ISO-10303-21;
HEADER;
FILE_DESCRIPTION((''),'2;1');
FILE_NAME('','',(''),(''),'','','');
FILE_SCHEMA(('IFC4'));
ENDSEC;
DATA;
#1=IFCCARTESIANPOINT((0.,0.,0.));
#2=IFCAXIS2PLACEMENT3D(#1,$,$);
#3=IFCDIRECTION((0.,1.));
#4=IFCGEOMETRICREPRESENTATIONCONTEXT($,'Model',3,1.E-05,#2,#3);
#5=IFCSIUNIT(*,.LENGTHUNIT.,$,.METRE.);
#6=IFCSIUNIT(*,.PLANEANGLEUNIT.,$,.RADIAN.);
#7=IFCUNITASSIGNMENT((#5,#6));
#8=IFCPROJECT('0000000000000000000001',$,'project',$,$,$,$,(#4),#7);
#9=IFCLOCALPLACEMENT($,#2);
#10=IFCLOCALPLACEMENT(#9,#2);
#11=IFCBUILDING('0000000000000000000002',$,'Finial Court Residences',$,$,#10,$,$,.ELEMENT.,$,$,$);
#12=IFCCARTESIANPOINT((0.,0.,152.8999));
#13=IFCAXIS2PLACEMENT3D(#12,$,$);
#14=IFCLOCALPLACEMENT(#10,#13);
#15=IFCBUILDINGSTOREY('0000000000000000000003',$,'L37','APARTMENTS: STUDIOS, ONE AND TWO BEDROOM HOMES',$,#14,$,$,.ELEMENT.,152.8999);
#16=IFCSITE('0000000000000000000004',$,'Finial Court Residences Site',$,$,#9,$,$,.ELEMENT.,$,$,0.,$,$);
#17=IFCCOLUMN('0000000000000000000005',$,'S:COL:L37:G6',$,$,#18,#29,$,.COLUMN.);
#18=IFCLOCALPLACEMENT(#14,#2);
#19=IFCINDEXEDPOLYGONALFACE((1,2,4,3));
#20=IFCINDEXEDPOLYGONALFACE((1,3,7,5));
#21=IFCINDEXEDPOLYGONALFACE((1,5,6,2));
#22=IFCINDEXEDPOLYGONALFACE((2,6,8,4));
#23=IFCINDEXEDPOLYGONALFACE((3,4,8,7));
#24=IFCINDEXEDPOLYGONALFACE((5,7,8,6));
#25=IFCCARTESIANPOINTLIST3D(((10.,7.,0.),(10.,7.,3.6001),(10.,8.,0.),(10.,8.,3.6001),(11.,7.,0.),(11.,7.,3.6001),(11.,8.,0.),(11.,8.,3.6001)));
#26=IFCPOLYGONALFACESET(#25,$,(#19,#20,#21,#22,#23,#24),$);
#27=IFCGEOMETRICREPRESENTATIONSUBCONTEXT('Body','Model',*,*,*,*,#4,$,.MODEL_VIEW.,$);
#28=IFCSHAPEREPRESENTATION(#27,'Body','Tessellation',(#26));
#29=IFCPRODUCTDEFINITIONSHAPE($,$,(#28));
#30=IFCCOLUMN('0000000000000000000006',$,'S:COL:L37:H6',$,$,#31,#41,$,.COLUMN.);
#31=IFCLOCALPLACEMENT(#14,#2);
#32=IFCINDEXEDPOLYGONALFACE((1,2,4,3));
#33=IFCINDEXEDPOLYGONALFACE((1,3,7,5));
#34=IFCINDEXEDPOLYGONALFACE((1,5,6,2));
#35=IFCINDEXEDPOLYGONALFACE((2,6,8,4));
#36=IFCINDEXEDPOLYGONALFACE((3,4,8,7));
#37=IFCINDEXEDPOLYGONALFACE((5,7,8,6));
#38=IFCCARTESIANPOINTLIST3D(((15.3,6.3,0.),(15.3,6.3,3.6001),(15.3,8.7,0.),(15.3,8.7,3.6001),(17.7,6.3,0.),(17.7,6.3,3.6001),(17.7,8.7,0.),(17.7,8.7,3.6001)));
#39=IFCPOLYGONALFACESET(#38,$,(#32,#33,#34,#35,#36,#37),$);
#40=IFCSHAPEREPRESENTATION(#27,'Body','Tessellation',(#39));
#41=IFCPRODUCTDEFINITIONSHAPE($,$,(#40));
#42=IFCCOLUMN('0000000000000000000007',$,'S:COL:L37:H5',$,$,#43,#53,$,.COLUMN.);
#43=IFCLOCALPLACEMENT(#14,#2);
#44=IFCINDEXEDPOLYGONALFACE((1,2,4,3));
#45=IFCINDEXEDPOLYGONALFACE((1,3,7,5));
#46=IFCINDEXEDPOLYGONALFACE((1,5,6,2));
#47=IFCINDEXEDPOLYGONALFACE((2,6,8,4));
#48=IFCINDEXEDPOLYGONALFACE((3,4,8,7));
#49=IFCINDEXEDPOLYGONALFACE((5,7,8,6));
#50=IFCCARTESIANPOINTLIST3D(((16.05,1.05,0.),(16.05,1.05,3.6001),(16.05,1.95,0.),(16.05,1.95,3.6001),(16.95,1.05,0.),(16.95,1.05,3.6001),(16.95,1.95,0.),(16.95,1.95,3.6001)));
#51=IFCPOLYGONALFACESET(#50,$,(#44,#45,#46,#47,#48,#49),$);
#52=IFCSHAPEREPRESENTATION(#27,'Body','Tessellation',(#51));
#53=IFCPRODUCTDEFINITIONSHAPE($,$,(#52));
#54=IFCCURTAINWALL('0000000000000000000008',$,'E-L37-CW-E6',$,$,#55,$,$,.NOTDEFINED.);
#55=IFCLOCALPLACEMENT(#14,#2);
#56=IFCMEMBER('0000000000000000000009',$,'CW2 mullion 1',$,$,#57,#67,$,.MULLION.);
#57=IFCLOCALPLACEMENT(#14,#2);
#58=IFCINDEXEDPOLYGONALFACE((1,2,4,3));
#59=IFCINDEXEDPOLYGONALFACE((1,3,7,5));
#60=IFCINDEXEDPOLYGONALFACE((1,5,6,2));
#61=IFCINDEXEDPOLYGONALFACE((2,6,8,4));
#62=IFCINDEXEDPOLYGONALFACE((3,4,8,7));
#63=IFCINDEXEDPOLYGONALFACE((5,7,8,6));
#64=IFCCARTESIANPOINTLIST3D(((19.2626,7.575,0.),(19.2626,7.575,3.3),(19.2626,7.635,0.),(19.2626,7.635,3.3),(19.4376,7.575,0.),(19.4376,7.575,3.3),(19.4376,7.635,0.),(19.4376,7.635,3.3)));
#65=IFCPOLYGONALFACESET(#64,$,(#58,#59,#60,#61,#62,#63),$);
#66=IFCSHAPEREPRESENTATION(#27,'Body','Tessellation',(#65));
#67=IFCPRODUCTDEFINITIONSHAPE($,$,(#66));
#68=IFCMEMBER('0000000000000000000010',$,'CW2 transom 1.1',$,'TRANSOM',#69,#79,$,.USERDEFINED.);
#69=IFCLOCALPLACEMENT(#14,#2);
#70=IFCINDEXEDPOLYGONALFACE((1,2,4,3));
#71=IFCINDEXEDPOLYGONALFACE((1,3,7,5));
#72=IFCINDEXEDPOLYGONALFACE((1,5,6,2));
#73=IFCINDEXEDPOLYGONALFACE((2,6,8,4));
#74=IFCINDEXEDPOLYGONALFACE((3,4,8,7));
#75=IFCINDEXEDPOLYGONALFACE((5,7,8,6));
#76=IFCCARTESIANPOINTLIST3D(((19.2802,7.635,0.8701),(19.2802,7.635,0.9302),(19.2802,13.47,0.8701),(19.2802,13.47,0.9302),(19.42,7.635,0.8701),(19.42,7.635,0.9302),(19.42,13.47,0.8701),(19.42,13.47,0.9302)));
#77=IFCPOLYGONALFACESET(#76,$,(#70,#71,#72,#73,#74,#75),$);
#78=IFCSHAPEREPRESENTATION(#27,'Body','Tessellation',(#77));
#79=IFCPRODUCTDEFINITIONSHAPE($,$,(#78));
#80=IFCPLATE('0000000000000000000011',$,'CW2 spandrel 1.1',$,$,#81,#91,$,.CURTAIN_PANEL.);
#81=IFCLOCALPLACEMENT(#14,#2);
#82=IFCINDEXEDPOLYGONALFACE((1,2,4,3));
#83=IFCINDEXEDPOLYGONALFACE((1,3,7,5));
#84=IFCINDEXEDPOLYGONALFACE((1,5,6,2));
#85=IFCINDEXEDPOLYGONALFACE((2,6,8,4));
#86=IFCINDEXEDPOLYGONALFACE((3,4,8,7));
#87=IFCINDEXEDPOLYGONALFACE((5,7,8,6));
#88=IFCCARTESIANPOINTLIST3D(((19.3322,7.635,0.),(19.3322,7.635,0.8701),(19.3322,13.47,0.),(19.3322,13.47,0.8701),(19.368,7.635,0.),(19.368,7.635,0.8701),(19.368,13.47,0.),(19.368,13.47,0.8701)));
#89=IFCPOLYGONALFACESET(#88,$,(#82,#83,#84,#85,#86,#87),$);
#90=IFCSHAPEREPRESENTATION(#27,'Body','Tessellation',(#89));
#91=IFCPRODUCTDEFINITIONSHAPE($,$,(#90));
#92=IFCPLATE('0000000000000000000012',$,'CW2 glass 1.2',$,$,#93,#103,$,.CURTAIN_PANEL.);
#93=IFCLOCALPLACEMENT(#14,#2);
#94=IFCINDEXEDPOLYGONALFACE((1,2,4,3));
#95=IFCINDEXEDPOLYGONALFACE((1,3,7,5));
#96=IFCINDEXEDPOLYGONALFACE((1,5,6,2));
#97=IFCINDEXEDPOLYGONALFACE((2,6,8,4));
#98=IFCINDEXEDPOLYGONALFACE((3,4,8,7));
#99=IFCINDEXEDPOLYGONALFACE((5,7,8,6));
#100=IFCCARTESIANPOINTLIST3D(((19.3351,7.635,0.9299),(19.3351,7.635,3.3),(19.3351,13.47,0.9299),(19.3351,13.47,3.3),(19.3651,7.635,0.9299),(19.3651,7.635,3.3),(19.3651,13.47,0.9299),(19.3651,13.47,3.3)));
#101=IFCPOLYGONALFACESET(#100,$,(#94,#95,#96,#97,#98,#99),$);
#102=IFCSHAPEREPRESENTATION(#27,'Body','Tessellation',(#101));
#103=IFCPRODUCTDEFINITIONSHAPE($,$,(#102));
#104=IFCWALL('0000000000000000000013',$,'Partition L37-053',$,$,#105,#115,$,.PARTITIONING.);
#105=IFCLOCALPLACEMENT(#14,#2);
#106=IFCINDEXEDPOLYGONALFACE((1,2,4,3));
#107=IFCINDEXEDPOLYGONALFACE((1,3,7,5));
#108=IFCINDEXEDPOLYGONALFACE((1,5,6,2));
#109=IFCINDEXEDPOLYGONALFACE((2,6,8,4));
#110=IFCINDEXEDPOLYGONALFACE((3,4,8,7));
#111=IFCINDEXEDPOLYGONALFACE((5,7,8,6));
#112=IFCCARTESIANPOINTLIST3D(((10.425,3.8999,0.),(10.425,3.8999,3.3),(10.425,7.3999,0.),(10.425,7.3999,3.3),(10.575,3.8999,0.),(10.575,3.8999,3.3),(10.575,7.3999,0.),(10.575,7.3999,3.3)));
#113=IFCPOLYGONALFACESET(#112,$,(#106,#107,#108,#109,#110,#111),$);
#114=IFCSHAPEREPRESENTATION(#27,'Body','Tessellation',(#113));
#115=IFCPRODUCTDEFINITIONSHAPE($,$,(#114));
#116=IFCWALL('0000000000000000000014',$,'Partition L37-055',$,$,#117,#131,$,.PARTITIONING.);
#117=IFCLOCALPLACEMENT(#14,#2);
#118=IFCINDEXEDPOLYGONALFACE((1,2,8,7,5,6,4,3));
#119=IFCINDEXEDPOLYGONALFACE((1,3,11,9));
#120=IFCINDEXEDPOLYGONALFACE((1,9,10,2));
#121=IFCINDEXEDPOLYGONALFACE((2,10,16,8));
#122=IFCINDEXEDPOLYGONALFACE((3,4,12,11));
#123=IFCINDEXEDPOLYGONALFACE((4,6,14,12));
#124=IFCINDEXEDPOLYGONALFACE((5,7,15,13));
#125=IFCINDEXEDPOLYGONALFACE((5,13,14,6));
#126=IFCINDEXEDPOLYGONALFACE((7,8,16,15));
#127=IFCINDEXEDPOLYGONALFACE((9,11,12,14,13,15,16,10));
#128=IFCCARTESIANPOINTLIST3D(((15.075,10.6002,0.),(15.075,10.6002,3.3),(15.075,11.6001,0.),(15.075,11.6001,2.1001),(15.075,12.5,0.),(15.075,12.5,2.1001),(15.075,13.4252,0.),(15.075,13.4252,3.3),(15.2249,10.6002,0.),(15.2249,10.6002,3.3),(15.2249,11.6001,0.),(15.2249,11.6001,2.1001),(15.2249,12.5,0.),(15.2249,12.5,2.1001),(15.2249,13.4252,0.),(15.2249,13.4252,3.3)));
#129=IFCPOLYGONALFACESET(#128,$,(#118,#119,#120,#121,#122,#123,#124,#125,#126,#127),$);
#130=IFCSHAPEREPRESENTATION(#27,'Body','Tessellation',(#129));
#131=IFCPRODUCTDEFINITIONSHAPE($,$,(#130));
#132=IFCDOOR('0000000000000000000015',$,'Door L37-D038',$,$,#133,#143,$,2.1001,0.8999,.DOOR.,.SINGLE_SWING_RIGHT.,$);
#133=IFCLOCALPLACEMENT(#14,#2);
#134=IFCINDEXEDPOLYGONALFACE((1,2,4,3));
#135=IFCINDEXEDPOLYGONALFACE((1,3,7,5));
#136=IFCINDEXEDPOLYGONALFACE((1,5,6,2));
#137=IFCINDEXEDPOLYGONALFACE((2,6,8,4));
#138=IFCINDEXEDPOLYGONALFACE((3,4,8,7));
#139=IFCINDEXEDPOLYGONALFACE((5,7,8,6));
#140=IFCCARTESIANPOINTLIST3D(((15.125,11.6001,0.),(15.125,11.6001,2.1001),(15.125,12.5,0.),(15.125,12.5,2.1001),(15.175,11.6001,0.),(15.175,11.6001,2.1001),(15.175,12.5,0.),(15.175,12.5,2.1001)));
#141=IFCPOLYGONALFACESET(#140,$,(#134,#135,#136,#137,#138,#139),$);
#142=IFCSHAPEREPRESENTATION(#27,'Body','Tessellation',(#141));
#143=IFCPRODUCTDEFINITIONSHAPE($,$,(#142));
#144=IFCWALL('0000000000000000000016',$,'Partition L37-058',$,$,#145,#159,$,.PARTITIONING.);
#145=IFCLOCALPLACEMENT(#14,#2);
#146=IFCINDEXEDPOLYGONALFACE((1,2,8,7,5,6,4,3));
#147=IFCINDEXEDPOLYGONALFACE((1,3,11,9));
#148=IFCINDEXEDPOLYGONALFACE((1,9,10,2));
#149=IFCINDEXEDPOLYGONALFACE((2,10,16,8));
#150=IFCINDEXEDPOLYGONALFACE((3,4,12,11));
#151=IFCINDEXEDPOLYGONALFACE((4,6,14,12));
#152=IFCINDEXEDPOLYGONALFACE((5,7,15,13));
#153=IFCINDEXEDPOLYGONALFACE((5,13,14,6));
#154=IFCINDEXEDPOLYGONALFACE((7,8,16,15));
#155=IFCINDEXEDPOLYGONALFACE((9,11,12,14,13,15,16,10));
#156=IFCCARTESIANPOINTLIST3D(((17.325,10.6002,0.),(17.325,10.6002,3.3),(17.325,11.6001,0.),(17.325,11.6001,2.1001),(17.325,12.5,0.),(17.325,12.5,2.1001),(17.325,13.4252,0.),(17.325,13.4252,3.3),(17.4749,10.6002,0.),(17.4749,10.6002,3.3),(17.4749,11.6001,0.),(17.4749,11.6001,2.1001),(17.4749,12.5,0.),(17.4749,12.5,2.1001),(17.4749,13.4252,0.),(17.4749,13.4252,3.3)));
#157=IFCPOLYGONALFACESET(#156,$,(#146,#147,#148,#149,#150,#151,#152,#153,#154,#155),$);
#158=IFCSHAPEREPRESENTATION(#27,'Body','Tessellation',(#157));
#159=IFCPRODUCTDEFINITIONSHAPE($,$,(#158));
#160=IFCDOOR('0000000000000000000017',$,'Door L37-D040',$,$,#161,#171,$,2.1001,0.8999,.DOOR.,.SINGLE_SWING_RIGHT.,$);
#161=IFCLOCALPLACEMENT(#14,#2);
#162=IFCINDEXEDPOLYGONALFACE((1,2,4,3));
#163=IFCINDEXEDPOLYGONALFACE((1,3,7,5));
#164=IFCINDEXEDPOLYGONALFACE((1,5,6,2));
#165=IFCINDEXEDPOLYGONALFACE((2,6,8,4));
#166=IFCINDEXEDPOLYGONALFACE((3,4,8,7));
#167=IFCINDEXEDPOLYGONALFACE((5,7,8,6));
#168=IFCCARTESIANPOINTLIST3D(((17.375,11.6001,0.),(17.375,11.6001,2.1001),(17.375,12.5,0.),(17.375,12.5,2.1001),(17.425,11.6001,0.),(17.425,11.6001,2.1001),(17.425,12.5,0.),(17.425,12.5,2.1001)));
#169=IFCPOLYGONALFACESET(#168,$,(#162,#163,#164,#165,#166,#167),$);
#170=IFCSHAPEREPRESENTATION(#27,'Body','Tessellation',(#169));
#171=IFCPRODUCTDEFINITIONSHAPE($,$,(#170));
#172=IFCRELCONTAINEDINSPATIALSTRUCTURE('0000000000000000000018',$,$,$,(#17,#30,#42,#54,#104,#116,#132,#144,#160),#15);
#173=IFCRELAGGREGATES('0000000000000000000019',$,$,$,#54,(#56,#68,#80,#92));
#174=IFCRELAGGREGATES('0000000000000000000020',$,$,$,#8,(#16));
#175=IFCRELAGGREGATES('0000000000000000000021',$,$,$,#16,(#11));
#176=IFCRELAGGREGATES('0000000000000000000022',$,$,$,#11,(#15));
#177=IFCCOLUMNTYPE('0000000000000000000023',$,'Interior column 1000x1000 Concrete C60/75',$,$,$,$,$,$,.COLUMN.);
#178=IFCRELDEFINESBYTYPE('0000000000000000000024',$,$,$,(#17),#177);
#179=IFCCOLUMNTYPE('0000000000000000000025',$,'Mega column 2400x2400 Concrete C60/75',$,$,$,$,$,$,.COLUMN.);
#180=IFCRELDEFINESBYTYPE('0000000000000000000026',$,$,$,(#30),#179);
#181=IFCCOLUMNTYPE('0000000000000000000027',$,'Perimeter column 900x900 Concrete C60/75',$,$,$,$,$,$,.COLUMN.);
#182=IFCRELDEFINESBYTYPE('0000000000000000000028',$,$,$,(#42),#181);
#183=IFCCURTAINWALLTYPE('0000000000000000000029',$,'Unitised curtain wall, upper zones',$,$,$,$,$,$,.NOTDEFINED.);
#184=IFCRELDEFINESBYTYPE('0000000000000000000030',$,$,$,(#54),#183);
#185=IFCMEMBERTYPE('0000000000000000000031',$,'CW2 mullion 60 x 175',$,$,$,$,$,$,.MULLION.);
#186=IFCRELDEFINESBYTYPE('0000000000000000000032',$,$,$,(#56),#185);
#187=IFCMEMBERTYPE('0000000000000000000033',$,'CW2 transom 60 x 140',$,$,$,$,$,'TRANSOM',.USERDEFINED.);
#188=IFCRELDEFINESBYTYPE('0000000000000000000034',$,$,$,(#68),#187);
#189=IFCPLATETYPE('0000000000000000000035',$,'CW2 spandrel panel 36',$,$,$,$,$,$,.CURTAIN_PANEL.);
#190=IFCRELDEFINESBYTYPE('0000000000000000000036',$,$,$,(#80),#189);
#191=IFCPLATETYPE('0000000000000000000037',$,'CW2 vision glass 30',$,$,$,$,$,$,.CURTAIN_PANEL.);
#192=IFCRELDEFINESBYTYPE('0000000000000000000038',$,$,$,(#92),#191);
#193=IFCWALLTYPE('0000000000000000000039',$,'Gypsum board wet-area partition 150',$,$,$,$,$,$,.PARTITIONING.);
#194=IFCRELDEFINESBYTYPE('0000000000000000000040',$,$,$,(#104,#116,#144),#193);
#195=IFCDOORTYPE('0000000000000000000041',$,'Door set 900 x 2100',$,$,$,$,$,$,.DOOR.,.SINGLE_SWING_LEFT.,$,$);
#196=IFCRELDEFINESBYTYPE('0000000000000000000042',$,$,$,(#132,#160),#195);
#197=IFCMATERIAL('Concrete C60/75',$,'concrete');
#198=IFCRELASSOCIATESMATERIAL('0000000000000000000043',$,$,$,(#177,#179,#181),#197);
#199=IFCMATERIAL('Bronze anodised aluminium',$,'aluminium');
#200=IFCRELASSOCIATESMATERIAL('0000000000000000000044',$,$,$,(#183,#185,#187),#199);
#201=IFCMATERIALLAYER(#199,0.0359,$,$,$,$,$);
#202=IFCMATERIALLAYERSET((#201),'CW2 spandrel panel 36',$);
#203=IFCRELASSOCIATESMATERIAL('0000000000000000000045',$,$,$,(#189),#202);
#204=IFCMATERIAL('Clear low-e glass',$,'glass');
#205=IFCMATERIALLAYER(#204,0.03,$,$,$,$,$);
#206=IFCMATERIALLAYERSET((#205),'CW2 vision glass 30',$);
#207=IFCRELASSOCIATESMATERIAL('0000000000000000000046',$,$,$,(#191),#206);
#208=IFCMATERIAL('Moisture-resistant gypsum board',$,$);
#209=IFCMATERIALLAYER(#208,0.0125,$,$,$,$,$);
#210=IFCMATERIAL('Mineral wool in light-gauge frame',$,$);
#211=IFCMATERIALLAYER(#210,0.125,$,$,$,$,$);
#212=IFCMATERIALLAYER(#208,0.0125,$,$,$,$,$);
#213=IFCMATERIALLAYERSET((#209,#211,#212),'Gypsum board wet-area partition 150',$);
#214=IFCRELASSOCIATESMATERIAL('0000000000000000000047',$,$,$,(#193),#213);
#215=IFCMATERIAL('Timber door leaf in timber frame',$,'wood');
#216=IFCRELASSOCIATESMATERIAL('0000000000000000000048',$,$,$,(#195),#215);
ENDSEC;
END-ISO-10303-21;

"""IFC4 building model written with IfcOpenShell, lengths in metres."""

from ifc_helpers import new_model, si_unit, direction, frame, frame_2d, origin, origin_2d, place, context, subcontext, project, spatial, rectangle, extrude, material, layer, layer_set, material_profile, profile_set, type_object, element, fill, aggregate, save


model = new_model("IFC4")

# Units and contexts
model_context = context("Model", 3, precision=1e-05, world=origin(), true_north=direction((0.0, 1.0)))
body_context = subcontext(model_context, "Body", "Model", "MODEL_VIEW")
ifc_project = project(units=[si_unit("LENGTHUNIT", "METRE"), si_unit("PLANEANGLEUNIT", "RADIAN")], contexts=[model_context])

# Site, building, storey
site_placement = place(None, origin())
site = spatial("IfcSite", under=ifc_project, at=site_placement, Name="Finial Court Residences Site", CompositionType="ELEMENT", RefElevation=0.0)
building_placement = place(site_placement, origin())
building = spatial("IfcBuilding", under=site, at=building_placement, Name="Finial Court Residences", CompositionType="ELEMENT")
storey_placement = place(building_placement, frame((0.0, 0.0, 152.8999)))
storey = spatial("IfcBuildingStorey", under=building, at=storey_placement, Name="L37", Description="APARTMENTS: STUDIOS, ONE AND TWO BEDROOM HOMES", CompositionType="ELEMENT", Elevation=152.8999)

# Columns
ifc_material_1 = material(Name="Concrete C60/75", Category="concrete")
ifc_material_profile_1 = material_profile(ifc_material_1, rectangle(XDim=1.0, YDim=1.0, at=origin_2d()), Name="1000x1000")
ifc_profile_set_1 = profile_set([ifc_material_profile_1], Name="Concrete C60/75")
column_type_1 = type_object("IfcColumnType", Name="Interior column 1000x1000 Concrete C60/75", PredefinedType="COLUMN", material=ifc_profile_set_1)
column_1_placement = place(storey_placement, frame((10.5, 7.5, 0.0), z_axis=(0.0, 0.0, 1.0), x_axis=(1.0, 0.0, 0.0)))
element("IfcColumn", 1, at=column_1_placement, inside=storey, type_object=column_type_1, Name="S:COL:L37:G6", PredefinedType="COLUMN", context=body_context, shape_type="SweptSolid", body=[
    extrude(rectangle(XDim=1.0, YDim=1.0, at=origin_2d()), origin(), (0.0, 0.0, 1.0), 3.6001),
])
ifc_material_profile_2 = material_profile(ifc_material_1, rectangle(XDim=2.3999, YDim=2.3999, at=origin_2d()), Name="2400x2400")
ifc_profile_set_2 = profile_set([ifc_material_profile_2], Name="Concrete C60/75")
column_type_2 = type_object("IfcColumnType", Name="Mega column 2400x2400 Concrete C60/75", PredefinedType="COLUMN", material=ifc_profile_set_2)
column_2_placement = place(storey_placement, frame((16.5, 7.5, 0.0), z_axis=(0.0, 0.0, 1.0), x_axis=(1.0, 0.0, 0.0)))
element("IfcColumn", 2, at=column_2_placement, inside=storey, type_object=column_type_2, Name="S:COL:L37:H6", PredefinedType="COLUMN", context=body_context, shape_type="SweptSolid", body=[
    extrude(rectangle(XDim=2.3999, YDim=2.3999, at=origin_2d()), origin(), (0.0, 0.0, 1.0), 3.6001),
])
ifc_material_profile_3 = material_profile(ifc_material_1, rectangle(XDim=0.8999, YDim=0.8999, at=origin_2d()), Name="900x900")
ifc_profile_set_3 = profile_set([ifc_material_profile_3], Name="Concrete C60/75")
column_type_3 = type_object("IfcColumnType", Name="Perimeter column 900x900 Concrete C60/75", PredefinedType="COLUMN", material=ifc_profile_set_3)
column_3_placement = place(storey_placement, frame((16.5, 1.5, 0.0), z_axis=(0.0, 0.0, 1.0), x_axis=(1.0, 0.0, 0.0)))
element("IfcColumn", 3, at=column_3_placement, inside=storey, type_object=column_type_3, Name="S:COL:L37:H5", PredefinedType="COLUMN", context=body_context, shape_type="SweptSolid", body=[
    extrude(rectangle(XDim=0.8999, YDim=0.8999, at=origin_2d()), origin(), (0.0, 0.0, 1.0), 3.6001),
])

# Curtain wall, members, plates
ifc_material_2 = material(Name="Bronze anodised aluminium", Category="aluminium")
curtain_wall_type = type_object("IfcCurtainWallType", Name="Unitised curtain wall, upper zones", PredefinedType="NOTDEFINED", material=ifc_material_2)
curtain_wall_placement = place(storey_placement, origin())
curtain_wall = element("IfcCurtainWall", 4, at=curtain_wall_placement, inside=storey, type_object=curtain_wall_type, Name="E-L37-CW-E6", PredefinedType="NOTDEFINED")
ifc_material_profile_4 = material_profile(ifc_material_2, rectangle(XDim=0.175, YDim=0.0601, at=origin_2d()), Name="CW2 mullion 60 x 175")
ifc_profile_set_4 = profile_set([ifc_material_profile_4], Name="Bronze anodised aluminium")
member_type_1 = type_object("IfcMemberType", Name="CW2 mullion 60 x 175", PredefinedType="MULLION", material=ifc_profile_set_4)
member_1_placement = place(storey_placement, frame((19.3501, 7.605, 0.0), z_axis=(0.0, 0.0, 1.0), x_axis=(-1.0, 0.0, 0.0)))
member_1 = element("IfcMember", 5, at=member_1_placement, type_object=member_type_1, Name="CW2 mullion 1", PredefinedType="MULLION", context=body_context, shape_type="SweptSolid", body=[
    extrude(rectangle(XDim=0.175, YDim=0.0601, at=origin_2d()), origin(), (0.0, 0.0, 1.0), 3.3),
])
ifc_material_profile_5 = material_profile(ifc_material_2, rectangle(XDim=0.1399, YDim=0.0601, at=origin_2d()), Name="CW2 transom 60 x 140")
ifc_profile_set_5 = profile_set([ifc_material_profile_5], Name="Bronze anodised aluminium")
member_type_2 = type_object("IfcMemberType", Name="CW2 transom 60 x 140", ElementType="TRANSOM", PredefinedType="USERDEFINED", material=ifc_profile_set_5)
member_2_placement = place(storey_placement, frame((19.3501, 7.635, 0.9001), z_axis=(0.0, 1.0, 0.0), x_axis=(-1.0, 0.0, 0.0)))
member_2 = element("IfcMember", 6, at=member_2_placement, type_object=member_type_2, Name="CW2 transom 1.1", ObjectType="TRANSOM", PredefinedType="USERDEFINED", context=body_context, shape_type="SweptSolid", body=[
    extrude(rectangle(XDim=0.1399, YDim=0.0601, at=origin_2d()), origin(), (0.0, 0.0, 1.0), 5.835),
])
ifc_layer_1 = layer(ifc_material_2, 0.0359)
ifc_layer_set_1 = layer_set([ifc_layer_1], Name="CW2 spandrel panel 36")
plate_type_1 = type_object("IfcPlateType", Name="CW2 spandrel panel 36", PredefinedType="CURTAIN_PANEL", material=ifc_layer_set_1)
plate_1_placement = place(storey_placement, frame((19.3501, 10.5525, 0.0), z_axis=(0.0, 0.0, 1.0), x_axis=(0.0, 1.0, 0.0)))
plate_1 = element("IfcPlate", 7, at=plate_1_placement, type_object=plate_type_1, Name="CW2 spandrel 1.1", PredefinedType="CURTAIN_PANEL", context=body_context, shape_type="SweptSolid", body=[
    extrude(rectangle(XDim=5.835, YDim=0.0359, at=origin_2d()), origin(), (0.0, 0.0, 1.0), 0.8701),
])
ifc_material_3 = material(Name="Clear low-e glass", Category="glass")
ifc_layer_2 = layer(ifc_material_3, 0.03)
ifc_layer_set_2 = layer_set([ifc_layer_2], Name="CW2 vision glass 30")
plate_type_2 = type_object("IfcPlateType", Name="CW2 vision glass 30", PredefinedType="CURTAIN_PANEL", material=ifc_layer_set_2)
plate_2_placement = place(storey_placement, frame((19.3501, 10.5525, 0.9299), z_axis=(0.0, 0.0, 1.0), x_axis=(0.0, 1.0, 0.0)))
plate_2 = element("IfcPlate", 8, at=plate_2_placement, type_object=plate_type_2, Name="CW2 glass 1.2", PredefinedType="CURTAIN_PANEL", context=body_context, shape_type="SweptSolid", body=[
    extrude(rectangle(XDim=5.835, YDim=0.03, at=origin_2d()), origin(), (0.0, 0.0, 1.0), 2.3701),
])
aggregate(curtain_wall, [member_1, member_2, plate_1, plate_2])

# Wall
ifc_material_4 = material(Name="Moisture-resistant gypsum board")
ifc_layer_3 = layer(ifc_material_4, 0.0125)
ifc_material_5 = material(Name="Mineral wool in light-gauge frame")
ifc_layer_4 = layer(ifc_material_5, 0.125)
ifc_layer_5 = layer(ifc_material_4, 0.0125)
ifc_layer_set_3 = layer_set([ifc_layer_3, ifc_layer_4, ifc_layer_5], Name="Gypsum board wet-area partition 150")
wall_type_1 = type_object("IfcWallType", Name="Gypsum board wet-area partition 150", PredefinedType="PARTITIONING", material=ifc_layer_set_3)
wall_1_placement = place(storey_placement, frame((10.5, 3.8999, 0.0), z_axis=(0.0, 0.0, 1.0), x_axis=(0.0, 1.0, 0.0)))
element("IfcWall", 9, at=wall_1_placement, inside=storey, type_object=wall_type_1, Name="Partition L37-053", PredefinedType="PARTITIONING", context=body_context, shape_type="SweptSolid", body=[
    extrude(rectangle(XDim=3.5, YDim=0.1499, at=frame_2d((1.75, 0.0))), origin(), (0.0, 0.0, 1.0), 3.3),
])

# Walls, openings, doors
wall_2_placement = place(storey_placement, frame((15.1499, 10.6001, 0.0), z_axis=(0.0, 0.0, 1.0), x_axis=(0.0, 1.0, 0.0)))
wall_2 = element("IfcWall", 10, at=wall_2_placement, inside=storey, type_object=wall_type_1, Name="Partition L37-055", PredefinedType="PARTITIONING", context=body_context, shape_type="SweptSolid", body=[
    extrude(rectangle(XDim=2.825, YDim=0.1499, at=frame_2d((1.4126, 0.0))), origin(), (0.0, 0.0, 1.0), 3.3),
])
opening_1_placement = place(wall_2_placement, frame((1.0, 0.0, 0.0)))
opening_1 = element("IfcOpeningElement", 11, at=opening_1_placement, cuts=wall_2, PredefinedType="OPENING", context=body_context, shape_type="SweptSolid", body=[
    extrude(rectangle(XDim=0.8999, YDim=2.1001, at=frame_2d((0.45, 1.05))), frame((0.0, 0.085, 0.0), z_axis=(0.0, -1.0, 0.0), x_axis=(1.0, 0.0, 0.0)), (0.0, 0.0, 1.0), 0.1699),
])
ifc_material_6 = material(Name="Timber door leaf in timber frame", Category="wood")
door_type_1 = type_object("IfcDoorType", Name="Door set 900 x 2100", OperationType="SINGLE_SWING_LEFT", PredefinedType="DOOR", material=ifc_material_6)
door_1_placement = place(opening_1_placement, origin())
door_1 = element("IfcDoor", 12, at=door_1_placement, inside=storey, type_object=door_type_1, Name="Door L37-D038", OperationType="SINGLE_SWING_RIGHT", OverallHeight=2.1001, OverallWidth=0.8999, PredefinedType="DOOR", context=body_context, shape_type="SweptSolid", body=[
    extrude(rectangle(XDim=0.8999, YDim=2.1001, at=frame_2d((0.45, 1.05))), frame((0.0, 0.0249, 0.0), z_axis=(0.0, -1.0, 0.0), x_axis=(1.0, 0.0, 0.0)), (0.0, 0.0, 1.0), 0.05),
])
fill(opening_1, door_1)
wall_3_placement = place(storey_placement, frame((17.3999, 10.6001, 0.0), z_axis=(0.0, 0.0, 1.0), x_axis=(0.0, 1.0, 0.0)))
wall_3 = element("IfcWall", 13, at=wall_3_placement, inside=storey, type_object=wall_type_1, Name="Partition L37-058", PredefinedType="PARTITIONING", context=body_context, shape_type="SweptSolid", body=[
    extrude(rectangle(XDim=2.825, YDim=0.1499, at=frame_2d((1.4126, 0.0))), origin(), (0.0, 0.0, 1.0), 3.3),
])
opening_2_placement = place(wall_3_placement, frame((1.0, 0.0, 0.0)))
opening_2 = element("IfcOpeningElement", 14, at=opening_2_placement, cuts=wall_3, PredefinedType="OPENING", context=body_context, shape_type="SweptSolid", body=[
    extrude(rectangle(XDim=0.8999, YDim=2.1001, at=frame_2d((0.45, 1.05))), frame((0.0, 0.085, 0.0), z_axis=(0.0, -1.0, 0.0), x_axis=(1.0, 0.0, 0.0)), (0.0, 0.0, 1.0), 0.1699),
])
door_2_placement = place(opening_2_placement, origin())
door_2 = element("IfcDoor", 15, at=door_2_placement, inside=storey, type_object=door_type_1, Name="Door L37-D040", OperationType="SINGLE_SWING_RIGHT", OverallHeight=2.1001, OverallWidth=0.8999, PredefinedType="DOOR", context=body_context, shape_type="SweptSolid", body=[
    extrude(rectangle(XDim=0.8999, YDim=2.1001, at=frame_2d((0.45, 1.05))), frame((0.0, 0.0249, 0.0), z_axis=(0.0, -1.0, 0.0), x_axis=(1.0, 0.0, 0.0)), (0.0, 0.0, 1.0), 0.05),
])
fill(opening_2, door_2)

save(model, "model.ifc")
